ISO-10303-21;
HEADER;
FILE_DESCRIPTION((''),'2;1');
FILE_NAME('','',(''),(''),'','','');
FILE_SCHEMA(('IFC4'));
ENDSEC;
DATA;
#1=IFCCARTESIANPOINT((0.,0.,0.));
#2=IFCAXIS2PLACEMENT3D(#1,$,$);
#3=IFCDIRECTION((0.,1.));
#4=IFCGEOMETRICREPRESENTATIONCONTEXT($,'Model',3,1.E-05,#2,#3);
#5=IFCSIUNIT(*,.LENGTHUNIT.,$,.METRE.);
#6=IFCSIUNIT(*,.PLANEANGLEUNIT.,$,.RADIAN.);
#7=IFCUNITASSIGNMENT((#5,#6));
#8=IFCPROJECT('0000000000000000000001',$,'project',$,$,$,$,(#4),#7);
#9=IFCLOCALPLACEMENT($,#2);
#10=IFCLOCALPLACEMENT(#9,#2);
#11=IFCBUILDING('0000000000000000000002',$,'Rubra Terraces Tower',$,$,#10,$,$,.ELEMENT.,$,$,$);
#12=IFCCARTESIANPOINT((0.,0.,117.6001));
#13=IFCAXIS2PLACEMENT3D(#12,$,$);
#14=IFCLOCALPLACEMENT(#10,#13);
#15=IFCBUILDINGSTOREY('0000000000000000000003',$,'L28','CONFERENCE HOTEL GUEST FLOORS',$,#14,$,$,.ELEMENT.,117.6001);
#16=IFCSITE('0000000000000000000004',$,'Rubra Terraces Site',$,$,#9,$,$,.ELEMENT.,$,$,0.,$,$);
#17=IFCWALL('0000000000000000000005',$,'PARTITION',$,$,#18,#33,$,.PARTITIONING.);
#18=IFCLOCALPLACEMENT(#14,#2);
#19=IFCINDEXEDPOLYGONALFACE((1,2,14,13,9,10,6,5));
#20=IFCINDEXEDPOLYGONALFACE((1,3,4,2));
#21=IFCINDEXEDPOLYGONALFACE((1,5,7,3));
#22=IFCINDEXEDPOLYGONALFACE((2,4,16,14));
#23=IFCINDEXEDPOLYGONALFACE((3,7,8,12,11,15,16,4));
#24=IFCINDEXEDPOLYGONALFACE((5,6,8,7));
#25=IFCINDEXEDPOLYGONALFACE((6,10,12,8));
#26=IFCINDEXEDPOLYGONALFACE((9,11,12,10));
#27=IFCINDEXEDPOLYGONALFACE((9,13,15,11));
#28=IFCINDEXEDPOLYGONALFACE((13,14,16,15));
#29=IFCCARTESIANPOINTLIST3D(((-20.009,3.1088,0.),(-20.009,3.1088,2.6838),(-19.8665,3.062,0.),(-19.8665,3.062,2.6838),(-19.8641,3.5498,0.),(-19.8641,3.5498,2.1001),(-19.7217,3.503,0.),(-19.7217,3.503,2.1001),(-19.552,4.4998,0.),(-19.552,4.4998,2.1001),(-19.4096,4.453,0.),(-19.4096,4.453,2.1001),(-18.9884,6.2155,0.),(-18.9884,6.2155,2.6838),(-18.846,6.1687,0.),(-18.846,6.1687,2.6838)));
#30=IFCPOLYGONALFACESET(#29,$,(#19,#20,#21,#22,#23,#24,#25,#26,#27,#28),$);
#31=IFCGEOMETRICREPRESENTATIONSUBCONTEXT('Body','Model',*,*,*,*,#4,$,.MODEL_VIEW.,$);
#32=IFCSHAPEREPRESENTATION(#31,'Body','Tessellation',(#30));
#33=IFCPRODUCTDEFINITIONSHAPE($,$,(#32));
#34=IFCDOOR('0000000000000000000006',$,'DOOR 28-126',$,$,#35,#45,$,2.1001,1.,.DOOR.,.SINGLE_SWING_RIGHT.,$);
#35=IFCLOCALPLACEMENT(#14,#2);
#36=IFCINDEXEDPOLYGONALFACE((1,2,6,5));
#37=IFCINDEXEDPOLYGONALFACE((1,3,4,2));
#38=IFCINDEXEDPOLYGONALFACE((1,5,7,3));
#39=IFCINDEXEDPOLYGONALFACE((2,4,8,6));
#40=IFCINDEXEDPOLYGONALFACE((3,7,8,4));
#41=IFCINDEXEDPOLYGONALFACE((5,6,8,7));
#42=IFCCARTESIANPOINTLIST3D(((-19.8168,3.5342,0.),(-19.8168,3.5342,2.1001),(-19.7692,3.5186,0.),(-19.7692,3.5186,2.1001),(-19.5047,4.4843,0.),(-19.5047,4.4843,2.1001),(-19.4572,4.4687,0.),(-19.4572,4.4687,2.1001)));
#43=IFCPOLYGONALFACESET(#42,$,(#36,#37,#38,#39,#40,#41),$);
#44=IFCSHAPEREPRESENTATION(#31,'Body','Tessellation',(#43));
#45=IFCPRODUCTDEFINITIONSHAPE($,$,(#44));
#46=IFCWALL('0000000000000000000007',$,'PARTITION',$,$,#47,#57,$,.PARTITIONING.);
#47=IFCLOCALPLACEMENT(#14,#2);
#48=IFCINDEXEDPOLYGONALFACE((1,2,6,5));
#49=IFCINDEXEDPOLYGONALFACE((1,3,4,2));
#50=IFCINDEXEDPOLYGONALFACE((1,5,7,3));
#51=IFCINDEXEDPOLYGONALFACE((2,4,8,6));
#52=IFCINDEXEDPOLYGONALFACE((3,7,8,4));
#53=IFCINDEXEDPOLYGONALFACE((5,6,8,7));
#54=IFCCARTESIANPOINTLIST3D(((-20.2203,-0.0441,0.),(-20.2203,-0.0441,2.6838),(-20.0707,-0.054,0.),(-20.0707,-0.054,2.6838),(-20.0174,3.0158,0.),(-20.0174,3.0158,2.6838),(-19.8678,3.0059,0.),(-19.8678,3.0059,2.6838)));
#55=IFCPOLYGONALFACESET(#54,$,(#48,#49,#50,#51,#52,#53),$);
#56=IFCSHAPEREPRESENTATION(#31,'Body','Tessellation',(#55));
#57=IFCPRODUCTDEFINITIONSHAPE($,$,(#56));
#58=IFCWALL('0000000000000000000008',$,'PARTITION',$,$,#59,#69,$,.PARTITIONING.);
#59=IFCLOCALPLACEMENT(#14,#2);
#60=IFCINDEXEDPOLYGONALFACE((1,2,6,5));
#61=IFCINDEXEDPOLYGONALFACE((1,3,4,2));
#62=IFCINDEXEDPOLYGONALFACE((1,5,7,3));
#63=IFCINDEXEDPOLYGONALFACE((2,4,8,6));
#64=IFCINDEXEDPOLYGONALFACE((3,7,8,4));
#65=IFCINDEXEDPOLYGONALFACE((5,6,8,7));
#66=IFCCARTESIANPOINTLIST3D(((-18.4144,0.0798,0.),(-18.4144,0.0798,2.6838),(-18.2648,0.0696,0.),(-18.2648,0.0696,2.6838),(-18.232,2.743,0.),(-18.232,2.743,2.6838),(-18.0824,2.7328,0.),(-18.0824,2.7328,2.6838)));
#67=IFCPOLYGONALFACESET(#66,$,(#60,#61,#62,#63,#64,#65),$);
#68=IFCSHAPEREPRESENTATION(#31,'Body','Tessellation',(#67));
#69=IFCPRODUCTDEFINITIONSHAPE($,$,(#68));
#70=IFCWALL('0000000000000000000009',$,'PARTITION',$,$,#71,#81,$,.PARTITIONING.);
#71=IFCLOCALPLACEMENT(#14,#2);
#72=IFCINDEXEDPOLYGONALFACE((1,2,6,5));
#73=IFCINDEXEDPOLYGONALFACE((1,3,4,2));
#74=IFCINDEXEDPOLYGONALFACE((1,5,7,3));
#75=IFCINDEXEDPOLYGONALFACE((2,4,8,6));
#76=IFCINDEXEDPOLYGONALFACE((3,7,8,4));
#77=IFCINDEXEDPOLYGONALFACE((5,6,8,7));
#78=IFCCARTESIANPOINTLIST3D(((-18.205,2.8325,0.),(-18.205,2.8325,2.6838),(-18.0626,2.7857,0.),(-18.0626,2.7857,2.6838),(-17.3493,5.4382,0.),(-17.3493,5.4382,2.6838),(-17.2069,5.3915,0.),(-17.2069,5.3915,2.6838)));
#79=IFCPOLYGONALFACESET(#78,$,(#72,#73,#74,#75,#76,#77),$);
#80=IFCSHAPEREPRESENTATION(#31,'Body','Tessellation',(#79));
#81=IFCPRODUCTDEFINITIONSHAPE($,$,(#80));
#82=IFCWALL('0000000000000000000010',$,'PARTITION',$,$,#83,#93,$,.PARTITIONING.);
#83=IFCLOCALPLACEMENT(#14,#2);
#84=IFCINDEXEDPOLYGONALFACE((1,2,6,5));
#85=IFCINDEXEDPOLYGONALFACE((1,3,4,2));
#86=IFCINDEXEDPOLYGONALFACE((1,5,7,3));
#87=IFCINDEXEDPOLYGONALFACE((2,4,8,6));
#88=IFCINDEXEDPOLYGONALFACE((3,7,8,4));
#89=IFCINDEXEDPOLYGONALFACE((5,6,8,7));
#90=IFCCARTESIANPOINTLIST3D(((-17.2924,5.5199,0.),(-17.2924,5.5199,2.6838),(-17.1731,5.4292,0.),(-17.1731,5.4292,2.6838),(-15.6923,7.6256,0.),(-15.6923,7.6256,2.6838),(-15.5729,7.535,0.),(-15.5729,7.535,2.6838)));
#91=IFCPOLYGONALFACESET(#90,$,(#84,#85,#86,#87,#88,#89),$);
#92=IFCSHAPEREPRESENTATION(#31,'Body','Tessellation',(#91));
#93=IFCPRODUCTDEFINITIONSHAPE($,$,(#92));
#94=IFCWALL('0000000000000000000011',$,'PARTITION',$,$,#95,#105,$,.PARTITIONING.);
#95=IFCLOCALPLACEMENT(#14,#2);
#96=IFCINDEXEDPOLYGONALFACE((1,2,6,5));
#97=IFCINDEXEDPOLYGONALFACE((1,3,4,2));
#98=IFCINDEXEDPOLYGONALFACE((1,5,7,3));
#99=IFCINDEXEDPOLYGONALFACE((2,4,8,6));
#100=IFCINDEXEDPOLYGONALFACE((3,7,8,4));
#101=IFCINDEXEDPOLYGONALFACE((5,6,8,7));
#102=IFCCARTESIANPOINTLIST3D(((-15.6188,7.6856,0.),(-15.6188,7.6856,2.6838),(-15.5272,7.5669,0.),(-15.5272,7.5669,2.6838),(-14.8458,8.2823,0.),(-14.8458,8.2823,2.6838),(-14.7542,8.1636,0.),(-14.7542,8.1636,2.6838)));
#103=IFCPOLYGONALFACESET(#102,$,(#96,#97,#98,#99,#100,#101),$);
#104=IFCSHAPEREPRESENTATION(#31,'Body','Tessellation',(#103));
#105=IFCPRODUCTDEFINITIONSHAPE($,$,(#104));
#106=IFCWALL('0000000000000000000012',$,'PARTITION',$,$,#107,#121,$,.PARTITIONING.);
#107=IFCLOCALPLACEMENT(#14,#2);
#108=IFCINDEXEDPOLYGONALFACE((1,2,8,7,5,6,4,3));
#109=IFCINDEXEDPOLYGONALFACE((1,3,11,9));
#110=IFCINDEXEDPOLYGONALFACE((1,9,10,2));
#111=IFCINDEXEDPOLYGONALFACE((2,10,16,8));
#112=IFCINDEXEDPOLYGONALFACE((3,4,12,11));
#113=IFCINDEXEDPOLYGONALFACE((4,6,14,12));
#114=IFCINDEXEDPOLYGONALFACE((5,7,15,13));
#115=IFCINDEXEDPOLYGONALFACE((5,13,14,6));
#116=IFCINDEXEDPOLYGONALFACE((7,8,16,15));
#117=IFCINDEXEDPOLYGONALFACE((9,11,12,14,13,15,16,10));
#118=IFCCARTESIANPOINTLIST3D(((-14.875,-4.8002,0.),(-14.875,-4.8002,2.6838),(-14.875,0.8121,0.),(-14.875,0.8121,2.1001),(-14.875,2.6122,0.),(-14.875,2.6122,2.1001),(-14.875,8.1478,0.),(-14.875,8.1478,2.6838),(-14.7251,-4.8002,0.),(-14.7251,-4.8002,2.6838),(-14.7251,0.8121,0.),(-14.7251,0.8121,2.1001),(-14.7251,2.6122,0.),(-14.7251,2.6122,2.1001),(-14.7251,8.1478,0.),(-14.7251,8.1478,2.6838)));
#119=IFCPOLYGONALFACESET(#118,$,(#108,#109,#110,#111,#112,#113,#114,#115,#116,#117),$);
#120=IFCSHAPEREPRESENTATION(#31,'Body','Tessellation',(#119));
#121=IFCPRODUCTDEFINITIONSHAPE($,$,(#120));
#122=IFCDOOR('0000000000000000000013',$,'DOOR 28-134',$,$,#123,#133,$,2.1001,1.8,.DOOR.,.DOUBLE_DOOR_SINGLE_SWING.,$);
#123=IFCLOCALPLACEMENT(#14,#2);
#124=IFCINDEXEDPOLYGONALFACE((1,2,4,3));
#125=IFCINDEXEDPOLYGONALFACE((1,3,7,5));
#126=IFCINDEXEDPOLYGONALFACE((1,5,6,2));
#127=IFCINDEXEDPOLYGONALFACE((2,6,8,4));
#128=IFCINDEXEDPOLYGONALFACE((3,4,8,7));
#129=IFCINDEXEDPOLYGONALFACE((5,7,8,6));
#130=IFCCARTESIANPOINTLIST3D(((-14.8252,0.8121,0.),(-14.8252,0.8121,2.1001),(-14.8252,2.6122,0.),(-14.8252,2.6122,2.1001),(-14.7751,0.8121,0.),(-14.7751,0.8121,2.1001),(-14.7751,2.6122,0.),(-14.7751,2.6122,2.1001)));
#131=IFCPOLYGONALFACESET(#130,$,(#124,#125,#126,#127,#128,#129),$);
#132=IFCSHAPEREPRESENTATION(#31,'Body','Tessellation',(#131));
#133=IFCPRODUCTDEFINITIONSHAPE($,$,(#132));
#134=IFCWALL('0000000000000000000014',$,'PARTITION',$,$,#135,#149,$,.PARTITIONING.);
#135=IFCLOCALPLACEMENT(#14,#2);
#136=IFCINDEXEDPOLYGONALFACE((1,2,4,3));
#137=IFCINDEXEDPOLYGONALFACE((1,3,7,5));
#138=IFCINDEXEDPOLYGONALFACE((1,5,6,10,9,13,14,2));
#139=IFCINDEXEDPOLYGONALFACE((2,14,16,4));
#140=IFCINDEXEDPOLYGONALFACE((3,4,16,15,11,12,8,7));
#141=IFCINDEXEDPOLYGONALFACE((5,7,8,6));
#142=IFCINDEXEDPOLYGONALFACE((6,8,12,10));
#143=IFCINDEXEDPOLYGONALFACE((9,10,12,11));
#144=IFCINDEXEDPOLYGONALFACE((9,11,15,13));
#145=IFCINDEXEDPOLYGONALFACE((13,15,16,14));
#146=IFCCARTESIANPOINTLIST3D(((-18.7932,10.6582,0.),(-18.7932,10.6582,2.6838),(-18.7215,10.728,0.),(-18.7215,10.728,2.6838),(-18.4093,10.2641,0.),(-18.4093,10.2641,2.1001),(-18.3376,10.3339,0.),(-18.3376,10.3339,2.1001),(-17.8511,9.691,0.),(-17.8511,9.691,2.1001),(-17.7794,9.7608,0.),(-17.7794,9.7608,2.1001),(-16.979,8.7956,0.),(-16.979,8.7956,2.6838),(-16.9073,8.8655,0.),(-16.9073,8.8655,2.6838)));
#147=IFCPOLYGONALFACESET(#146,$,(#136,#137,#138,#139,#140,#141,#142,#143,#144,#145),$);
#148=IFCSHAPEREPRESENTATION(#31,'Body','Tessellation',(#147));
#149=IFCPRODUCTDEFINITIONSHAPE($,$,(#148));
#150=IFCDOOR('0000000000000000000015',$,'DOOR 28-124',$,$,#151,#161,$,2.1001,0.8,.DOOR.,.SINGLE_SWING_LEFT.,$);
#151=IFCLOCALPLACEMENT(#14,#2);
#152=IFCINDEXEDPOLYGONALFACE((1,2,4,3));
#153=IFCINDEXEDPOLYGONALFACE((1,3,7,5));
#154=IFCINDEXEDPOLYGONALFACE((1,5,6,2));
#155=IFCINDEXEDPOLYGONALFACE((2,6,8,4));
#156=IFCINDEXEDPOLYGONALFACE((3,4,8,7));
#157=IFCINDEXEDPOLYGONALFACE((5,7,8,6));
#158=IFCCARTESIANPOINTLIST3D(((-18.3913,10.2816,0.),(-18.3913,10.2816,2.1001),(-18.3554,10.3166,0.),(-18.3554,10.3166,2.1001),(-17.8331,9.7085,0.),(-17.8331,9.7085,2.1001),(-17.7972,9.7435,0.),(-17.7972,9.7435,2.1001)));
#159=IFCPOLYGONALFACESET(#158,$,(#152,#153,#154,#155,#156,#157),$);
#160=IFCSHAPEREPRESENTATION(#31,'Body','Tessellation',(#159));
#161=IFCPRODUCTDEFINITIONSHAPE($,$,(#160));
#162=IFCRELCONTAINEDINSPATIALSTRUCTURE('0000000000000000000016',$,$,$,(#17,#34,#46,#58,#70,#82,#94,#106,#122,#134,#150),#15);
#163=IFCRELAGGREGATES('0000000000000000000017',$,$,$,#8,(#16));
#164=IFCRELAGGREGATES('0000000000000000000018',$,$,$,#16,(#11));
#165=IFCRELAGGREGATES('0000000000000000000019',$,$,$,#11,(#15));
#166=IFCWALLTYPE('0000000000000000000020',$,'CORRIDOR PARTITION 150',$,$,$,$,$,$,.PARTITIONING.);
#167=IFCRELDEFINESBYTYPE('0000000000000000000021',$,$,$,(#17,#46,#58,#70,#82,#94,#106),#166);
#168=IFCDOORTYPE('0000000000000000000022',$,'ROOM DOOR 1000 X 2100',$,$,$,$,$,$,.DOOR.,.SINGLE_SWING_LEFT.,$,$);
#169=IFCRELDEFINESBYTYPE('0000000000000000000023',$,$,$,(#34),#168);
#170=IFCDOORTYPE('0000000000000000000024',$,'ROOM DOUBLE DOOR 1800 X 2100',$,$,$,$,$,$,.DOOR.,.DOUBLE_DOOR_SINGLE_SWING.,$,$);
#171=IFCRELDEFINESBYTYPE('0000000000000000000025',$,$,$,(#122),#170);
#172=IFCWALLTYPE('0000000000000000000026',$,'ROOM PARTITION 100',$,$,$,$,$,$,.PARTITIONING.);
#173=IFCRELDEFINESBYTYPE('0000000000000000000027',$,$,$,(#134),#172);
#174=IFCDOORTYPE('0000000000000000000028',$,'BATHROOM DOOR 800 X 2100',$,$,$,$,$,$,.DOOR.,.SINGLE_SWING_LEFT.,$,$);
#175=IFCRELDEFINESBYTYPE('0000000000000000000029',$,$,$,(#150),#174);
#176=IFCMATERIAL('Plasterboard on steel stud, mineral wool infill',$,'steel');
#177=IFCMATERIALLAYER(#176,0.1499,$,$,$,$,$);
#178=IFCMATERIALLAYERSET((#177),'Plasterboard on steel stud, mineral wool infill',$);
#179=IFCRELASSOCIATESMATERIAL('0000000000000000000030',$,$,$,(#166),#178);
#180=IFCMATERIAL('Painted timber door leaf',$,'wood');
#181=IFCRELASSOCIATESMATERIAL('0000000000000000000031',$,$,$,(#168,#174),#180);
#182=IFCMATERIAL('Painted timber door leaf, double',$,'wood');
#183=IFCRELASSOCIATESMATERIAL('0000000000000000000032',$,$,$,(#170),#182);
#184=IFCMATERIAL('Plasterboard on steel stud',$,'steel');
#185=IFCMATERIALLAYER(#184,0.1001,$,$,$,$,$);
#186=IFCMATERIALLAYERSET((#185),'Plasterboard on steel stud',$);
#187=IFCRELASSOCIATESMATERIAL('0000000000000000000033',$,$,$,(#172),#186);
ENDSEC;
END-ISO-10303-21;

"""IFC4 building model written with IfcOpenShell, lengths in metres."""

from ifc_helpers import new_model, si_unit, direction, frame, frame_2d, origin, place, context, subcontext, project, spatial, rectangle, extrude, material, layer, layer_set, type_object, element, fill, save


model = new_model("IFC4")

# Units and contexts
model_context = context("Model", 3, precision=1e-05, world=origin(), true_north=direction((0.0, 1.0)))
body_context = subcontext(model_context, "Body", "Model", "MODEL_VIEW")
ifc_project = project(units=[si_unit("LENGTHUNIT", "METRE"), si_unit("PLANEANGLEUNIT", "RADIAN")], contexts=[model_context])

# Site, building, storey
site_placement = place(None, origin())
site = spatial("IfcSite", under=ifc_project, at=site_placement, Name="Rubra Terraces Site", CompositionType="ELEMENT", RefElevation=0.0)
building_placement = place(site_placement, origin())
building = spatial("IfcBuilding", under=site, at=building_placement, Name="Rubra Terraces Tower", CompositionType="ELEMENT")
storey_placement = place(building_placement, frame((0.0, 0.0, 117.6001)))
storey = spatial("IfcBuildingStorey", under=building, at=storey_placement, Name="L28", Description="CONFERENCE HOTEL GUEST FLOORS", CompositionType="ELEMENT", Elevation=117.6001)

# Shared definitions
ifc_material_1 = material(Name="Plasterboard on steel stud, mineral wool infill", Category="steel")
ifc_layer_1 = layer(ifc_material_1, 0.1499)
ifc_layer_set_1 = layer_set([ifc_layer_1], Name="Plasterboard on steel stud, mineral wool infill")
wall_type_1 = type_object("IfcWallType", Name="CORRIDOR PARTITION 150", PredefinedType="PARTITIONING", material=ifc_layer_set_1)

# Wall, opening, door
wall_1_placement = place(storey_placement, frame((-18.9172, 6.1921, 0.0), z_axis=(0.0, 0.0, 1.0), x_axis=(-0.312081, -0.950055, 0.0)))
wall_1 = element("IfcWall", 1, at=wall_1_placement, inside=storey, type_object=wall_type_1, Name="PARTITION", PredefinedType="PARTITIONING", context=body_context, shape_type="SweptSolid", body=[
    extrude(rectangle(XDim=3.27, YDim=0.1499, at=frame_2d((1.635, 0.0))), origin(), (0.0, 0.0, 1.0), 2.6838),
])
opening_1_placement = place(wall_1_placement, frame((1.8059, 0.0, 0.0)))
opening_1 = element("IfcOpeningElement", 2, at=opening_1_placement, cuts=wall_1, PredefinedType="OPENING", context=body_context, shape_type="SweptSolid", body=[
    extrude(rectangle(XDim=1.0, YDim=2.1001, at=frame_2d((0.5, 1.05))), frame((0.0, 0.085, 0.0), z_axis=(0.0, -1.0, 0.0), x_axis=(1.0, 0.0, 0.0)), (0.0, 0.0, 1.0), 0.1699),
])
ifc_material_2 = material(Name="Painted timber door leaf", Category="wood")
door_type_1 = type_object("IfcDoorType", Name="ROOM DOOR 1000 X 2100", OperationType="SINGLE_SWING_LEFT", PredefinedType="DOOR", material=ifc_material_2)
door_1_placement = place(opening_1_placement, origin())
door_1 = element("IfcDoor", 3, at=door_1_placement, inside=storey, type_object=door_type_1, Name="DOOR 28-126", OperationType="SINGLE_SWING_RIGHT", OverallHeight=2.1001, OverallWidth=1.0, PredefinedType="DOOR", context=body_context, shape_type="SweptSolid", body=[
    extrude(rectangle(XDim=1.0, YDim=2.1001, at=frame_2d((0.5, 1.05))), frame((0.0, 0.0249, 0.0), z_axis=(0.0, -1.0, 0.0), x_axis=(1.0, 0.0, 0.0)), (0.0, 0.0, 1.0), 0.05),
])
fill(opening_1, door_1)

# Walls
wall_2_placement = place(storey_placement, frame((-19.9426, 3.0107, 0.0), z_axis=(0.0, 0.0, 1.0), x_axis=(-0.06616, -0.997809, 0.0)))
element("IfcWall", 4, at=wall_2_placement, inside=storey, type_object=wall_type_1, Name="PARTITION", PredefinedType="PARTITIONING", context=body_context, shape_type="SweptSolid", body=[
    extrude(rectangle(XDim=3.0667, YDim=0.1499, at=frame_2d((1.5332, 0.0))), origin(), (0.0, 0.0, 1.0), 2.6838),
])
wall_3_placement = place(storey_placement, frame((-18.3396, 0.0747, 0.0), z_axis=(0.0, 0.0, 1.0), x_axis=(0.068322, 0.997663, 0.0)))
element("IfcWall", 5, at=wall_3_placement, inside=storey, type_object=wall_type_1, Name="PARTITION", PredefinedType="PARTITIONING", context=body_context, shape_type="SweptSolid", body=[
    extrude(rectangle(XDim=2.6694, YDim=0.1499, at=frame_2d((1.3347, 0.0))), origin(), (0.0, 0.0, 1.0), 2.6838),
])
wall_4_placement = place(storey_placement, frame((-18.1338, 2.8091, 0.0), z_axis=(0.0, 0.0, 1.0), x_axis=(0.312005, 0.95008, 0.0)))
element("IfcWall", 6, at=wall_4_placement, inside=storey, type_object=wall_type_1, Name="PARTITION", PredefinedType="PARTITIONING", context=body_context, shape_type="SweptSolid", body=[
    extrude(rectangle(XDim=2.7427, YDim=0.1499, at=frame_2d((1.3713, 0.0))), origin(), (0.0, 0.0, 1.0), 2.6838),
])
wall_5_placement = place(storey_placement, frame((-17.2327, 5.4746, 0.0), z_axis=(0.0, 0.0, 1.0), x_axis=(0.605025, 0.796207, 0.0)))
element("IfcWall", 7, at=wall_5_placement, inside=storey, type_object=wall_type_1, Name="PARTITION", PredefinedType="PARTITIONING", context=body_context, shape_type="SweptSolid", body=[
    extrude(rectangle(XDim=2.6448, YDim=0.1499, at=frame_2d((1.3223, 0.0))), origin(), (0.0, 0.0, 1.0), 2.6838),
])
wall_6_placement = place(storey_placement, frame((-15.573, 7.6262, 0.0), z_axis=(0.0, 0.0, 1.0), x_axis=(0.791582, 0.611063, 0.0)))
element("IfcWall", 8, at=wall_6_placement, inside=storey, type_object=wall_type_1, Name="PARTITION", PredefinedType="PARTITIONING", context=body_context, shape_type="SweptSolid", body=[
    extrude(rectangle(XDim=0.9766, YDim=0.1499, at=frame_2d((0.4883, 0.0))), origin(), (0.0, 0.0, 1.0), 2.6838),
])

# Walls, openings, doors
wall_7_placement = place(storey_placement, frame((-14.8, 8.1479, 0.0), z_axis=(0.0, 0.0, 1.0), x_axis=(0.0, -1.0, 0.0)))
wall_7 = element("IfcWall", 9, at=wall_7_placement, inside=storey, type_object=wall_type_1, Name="PARTITION", PredefinedType="PARTITIONING", context=body_context, shape_type="SweptSolid", body=[
    extrude(rectangle(XDim=12.948, YDim=0.1499, at=frame_2d((6.4741, 0.0))), origin(), (0.0, 0.0, 1.0), 2.6838),
])
opening_2_placement = place(wall_7_placement, frame((5.5359, 0.0, 0.0)))
opening_2 = element("IfcOpeningElement", 10, at=opening_2_placement, cuts=wall_7, PredefinedType="OPENING", context=body_context, shape_type="SweptSolid", body=[
    extrude(rectangle(XDim=1.8, YDim=2.1001, at=frame_2d((0.8999, 1.05))), frame((0.0, 0.085, 0.0), z_axis=(0.0, -1.0, 0.0), x_axis=(1.0, 0.0, 0.0)), (0.0, 0.0, 1.0), 0.1699),
])
ifc_material_3 = material(Name="Painted timber door leaf, double", Category="wood")
door_type_2 = type_object("IfcDoorType", Name="ROOM DOUBLE DOOR 1800 X 2100", OperationType="DOUBLE_DOOR_SINGLE_SWING", PredefinedType="DOOR", material=ifc_material_3)
door_2_placement = place(opening_2_placement, origin())
door_2 = element("IfcDoor", 11, at=door_2_placement, inside=storey, type_object=door_type_2, Name="DOOR 28-134", OperationType="DOUBLE_DOOR_SINGLE_SWING", OverallHeight=2.1001, OverallWidth=1.8, PredefinedType="DOOR", context=body_context, shape_type="SweptSolid", body=[
    extrude(rectangle(XDim=1.8, YDim=2.1001, at=frame_2d((0.8999, 1.05))), frame((0.0, 0.0249, 0.0), z_axis=(0.0, -1.0, 0.0), x_axis=(1.0, 0.0, 0.0)), (0.0, 0.0, 1.0), 0.05),
])
fill(opening_2, door_2)
ifc_material_4 = material(Name="Plasterboard on steel stud", Category="steel")
ifc_layer_2 = layer(ifc_material_4, 0.1001)
ifc_layer_set_2 = layer_set([ifc_layer_2], Name="Plasterboard on steel stud")
wall_type_2 = type_object("IfcWallType", Name="ROOM PARTITION 100", PredefinedType="PARTITIONING", material=ifc_layer_set_2)
wall_8_placement = place(storey_placement, frame((-16.9431, 8.8306, 0.0), z_axis=(0.0, 0.0, 1.0), x_axis=(-0.69775, 0.716341, 0.0)))
wall_8 = element("IfcWall", 12, at=wall_8_placement, inside=storey, type_object=wall_type_2, Name="PARTITION", PredefinedType="PARTITIONING", context=body_context, shape_type="SweptSolid", body=[
    extrude(rectangle(XDim=2.6001, YDim=0.1001, at=frame_2d((1.3, 0.0))), origin(), (0.0, 0.0, 1.0), 2.6838),
])
opening_3_placement = place(wall_8_placement, frame((1.25, 0.0, 0.0)))
opening_3 = element("IfcOpeningElement", 13, at=opening_3_placement, cuts=wall_8, PredefinedType="OPENING", context=body_context, shape_type="SweptSolid", body=[
    extrude(rectangle(XDim=0.8, YDim=2.1001, at=frame_2d((0.3999, 1.05))), frame((0.0, 0.0601, 0.0), z_axis=(0.0, -1.0, 0.0), x_axis=(1.0, 0.0, 0.0)), (0.0, 0.0, 1.0), 0.1201),
])
door_type_3 = type_object("IfcDoorType", Name="BATHROOM DOOR 800 X 2100", OperationType="SINGLE_SWING_LEFT", PredefinedType="DOOR", material=ifc_material_2)
door_3_placement = place(opening_3_placement, origin())
door_3 = element("IfcDoor", 14, at=door_3_placement, inside=storey, type_object=door_type_3, Name="DOOR 28-124", OperationType="SINGLE_SWING_LEFT", OverallHeight=2.1001, OverallWidth=0.8, PredefinedType="DOOR", context=body_context, shape_type="SweptSolid", body=[
    extrude(rectangle(XDim=0.8, YDim=2.1001, at=frame_2d((0.3999, 1.05))), frame((0.0, 0.0249, 0.0), z_axis=(0.0, -1.0, 0.0), x_axis=(1.0, 0.0, 0.0)), (0.0, 0.0, 1.0), 0.05),
])
fill(opening_3, door_3)

save(model, "model.ifc")
